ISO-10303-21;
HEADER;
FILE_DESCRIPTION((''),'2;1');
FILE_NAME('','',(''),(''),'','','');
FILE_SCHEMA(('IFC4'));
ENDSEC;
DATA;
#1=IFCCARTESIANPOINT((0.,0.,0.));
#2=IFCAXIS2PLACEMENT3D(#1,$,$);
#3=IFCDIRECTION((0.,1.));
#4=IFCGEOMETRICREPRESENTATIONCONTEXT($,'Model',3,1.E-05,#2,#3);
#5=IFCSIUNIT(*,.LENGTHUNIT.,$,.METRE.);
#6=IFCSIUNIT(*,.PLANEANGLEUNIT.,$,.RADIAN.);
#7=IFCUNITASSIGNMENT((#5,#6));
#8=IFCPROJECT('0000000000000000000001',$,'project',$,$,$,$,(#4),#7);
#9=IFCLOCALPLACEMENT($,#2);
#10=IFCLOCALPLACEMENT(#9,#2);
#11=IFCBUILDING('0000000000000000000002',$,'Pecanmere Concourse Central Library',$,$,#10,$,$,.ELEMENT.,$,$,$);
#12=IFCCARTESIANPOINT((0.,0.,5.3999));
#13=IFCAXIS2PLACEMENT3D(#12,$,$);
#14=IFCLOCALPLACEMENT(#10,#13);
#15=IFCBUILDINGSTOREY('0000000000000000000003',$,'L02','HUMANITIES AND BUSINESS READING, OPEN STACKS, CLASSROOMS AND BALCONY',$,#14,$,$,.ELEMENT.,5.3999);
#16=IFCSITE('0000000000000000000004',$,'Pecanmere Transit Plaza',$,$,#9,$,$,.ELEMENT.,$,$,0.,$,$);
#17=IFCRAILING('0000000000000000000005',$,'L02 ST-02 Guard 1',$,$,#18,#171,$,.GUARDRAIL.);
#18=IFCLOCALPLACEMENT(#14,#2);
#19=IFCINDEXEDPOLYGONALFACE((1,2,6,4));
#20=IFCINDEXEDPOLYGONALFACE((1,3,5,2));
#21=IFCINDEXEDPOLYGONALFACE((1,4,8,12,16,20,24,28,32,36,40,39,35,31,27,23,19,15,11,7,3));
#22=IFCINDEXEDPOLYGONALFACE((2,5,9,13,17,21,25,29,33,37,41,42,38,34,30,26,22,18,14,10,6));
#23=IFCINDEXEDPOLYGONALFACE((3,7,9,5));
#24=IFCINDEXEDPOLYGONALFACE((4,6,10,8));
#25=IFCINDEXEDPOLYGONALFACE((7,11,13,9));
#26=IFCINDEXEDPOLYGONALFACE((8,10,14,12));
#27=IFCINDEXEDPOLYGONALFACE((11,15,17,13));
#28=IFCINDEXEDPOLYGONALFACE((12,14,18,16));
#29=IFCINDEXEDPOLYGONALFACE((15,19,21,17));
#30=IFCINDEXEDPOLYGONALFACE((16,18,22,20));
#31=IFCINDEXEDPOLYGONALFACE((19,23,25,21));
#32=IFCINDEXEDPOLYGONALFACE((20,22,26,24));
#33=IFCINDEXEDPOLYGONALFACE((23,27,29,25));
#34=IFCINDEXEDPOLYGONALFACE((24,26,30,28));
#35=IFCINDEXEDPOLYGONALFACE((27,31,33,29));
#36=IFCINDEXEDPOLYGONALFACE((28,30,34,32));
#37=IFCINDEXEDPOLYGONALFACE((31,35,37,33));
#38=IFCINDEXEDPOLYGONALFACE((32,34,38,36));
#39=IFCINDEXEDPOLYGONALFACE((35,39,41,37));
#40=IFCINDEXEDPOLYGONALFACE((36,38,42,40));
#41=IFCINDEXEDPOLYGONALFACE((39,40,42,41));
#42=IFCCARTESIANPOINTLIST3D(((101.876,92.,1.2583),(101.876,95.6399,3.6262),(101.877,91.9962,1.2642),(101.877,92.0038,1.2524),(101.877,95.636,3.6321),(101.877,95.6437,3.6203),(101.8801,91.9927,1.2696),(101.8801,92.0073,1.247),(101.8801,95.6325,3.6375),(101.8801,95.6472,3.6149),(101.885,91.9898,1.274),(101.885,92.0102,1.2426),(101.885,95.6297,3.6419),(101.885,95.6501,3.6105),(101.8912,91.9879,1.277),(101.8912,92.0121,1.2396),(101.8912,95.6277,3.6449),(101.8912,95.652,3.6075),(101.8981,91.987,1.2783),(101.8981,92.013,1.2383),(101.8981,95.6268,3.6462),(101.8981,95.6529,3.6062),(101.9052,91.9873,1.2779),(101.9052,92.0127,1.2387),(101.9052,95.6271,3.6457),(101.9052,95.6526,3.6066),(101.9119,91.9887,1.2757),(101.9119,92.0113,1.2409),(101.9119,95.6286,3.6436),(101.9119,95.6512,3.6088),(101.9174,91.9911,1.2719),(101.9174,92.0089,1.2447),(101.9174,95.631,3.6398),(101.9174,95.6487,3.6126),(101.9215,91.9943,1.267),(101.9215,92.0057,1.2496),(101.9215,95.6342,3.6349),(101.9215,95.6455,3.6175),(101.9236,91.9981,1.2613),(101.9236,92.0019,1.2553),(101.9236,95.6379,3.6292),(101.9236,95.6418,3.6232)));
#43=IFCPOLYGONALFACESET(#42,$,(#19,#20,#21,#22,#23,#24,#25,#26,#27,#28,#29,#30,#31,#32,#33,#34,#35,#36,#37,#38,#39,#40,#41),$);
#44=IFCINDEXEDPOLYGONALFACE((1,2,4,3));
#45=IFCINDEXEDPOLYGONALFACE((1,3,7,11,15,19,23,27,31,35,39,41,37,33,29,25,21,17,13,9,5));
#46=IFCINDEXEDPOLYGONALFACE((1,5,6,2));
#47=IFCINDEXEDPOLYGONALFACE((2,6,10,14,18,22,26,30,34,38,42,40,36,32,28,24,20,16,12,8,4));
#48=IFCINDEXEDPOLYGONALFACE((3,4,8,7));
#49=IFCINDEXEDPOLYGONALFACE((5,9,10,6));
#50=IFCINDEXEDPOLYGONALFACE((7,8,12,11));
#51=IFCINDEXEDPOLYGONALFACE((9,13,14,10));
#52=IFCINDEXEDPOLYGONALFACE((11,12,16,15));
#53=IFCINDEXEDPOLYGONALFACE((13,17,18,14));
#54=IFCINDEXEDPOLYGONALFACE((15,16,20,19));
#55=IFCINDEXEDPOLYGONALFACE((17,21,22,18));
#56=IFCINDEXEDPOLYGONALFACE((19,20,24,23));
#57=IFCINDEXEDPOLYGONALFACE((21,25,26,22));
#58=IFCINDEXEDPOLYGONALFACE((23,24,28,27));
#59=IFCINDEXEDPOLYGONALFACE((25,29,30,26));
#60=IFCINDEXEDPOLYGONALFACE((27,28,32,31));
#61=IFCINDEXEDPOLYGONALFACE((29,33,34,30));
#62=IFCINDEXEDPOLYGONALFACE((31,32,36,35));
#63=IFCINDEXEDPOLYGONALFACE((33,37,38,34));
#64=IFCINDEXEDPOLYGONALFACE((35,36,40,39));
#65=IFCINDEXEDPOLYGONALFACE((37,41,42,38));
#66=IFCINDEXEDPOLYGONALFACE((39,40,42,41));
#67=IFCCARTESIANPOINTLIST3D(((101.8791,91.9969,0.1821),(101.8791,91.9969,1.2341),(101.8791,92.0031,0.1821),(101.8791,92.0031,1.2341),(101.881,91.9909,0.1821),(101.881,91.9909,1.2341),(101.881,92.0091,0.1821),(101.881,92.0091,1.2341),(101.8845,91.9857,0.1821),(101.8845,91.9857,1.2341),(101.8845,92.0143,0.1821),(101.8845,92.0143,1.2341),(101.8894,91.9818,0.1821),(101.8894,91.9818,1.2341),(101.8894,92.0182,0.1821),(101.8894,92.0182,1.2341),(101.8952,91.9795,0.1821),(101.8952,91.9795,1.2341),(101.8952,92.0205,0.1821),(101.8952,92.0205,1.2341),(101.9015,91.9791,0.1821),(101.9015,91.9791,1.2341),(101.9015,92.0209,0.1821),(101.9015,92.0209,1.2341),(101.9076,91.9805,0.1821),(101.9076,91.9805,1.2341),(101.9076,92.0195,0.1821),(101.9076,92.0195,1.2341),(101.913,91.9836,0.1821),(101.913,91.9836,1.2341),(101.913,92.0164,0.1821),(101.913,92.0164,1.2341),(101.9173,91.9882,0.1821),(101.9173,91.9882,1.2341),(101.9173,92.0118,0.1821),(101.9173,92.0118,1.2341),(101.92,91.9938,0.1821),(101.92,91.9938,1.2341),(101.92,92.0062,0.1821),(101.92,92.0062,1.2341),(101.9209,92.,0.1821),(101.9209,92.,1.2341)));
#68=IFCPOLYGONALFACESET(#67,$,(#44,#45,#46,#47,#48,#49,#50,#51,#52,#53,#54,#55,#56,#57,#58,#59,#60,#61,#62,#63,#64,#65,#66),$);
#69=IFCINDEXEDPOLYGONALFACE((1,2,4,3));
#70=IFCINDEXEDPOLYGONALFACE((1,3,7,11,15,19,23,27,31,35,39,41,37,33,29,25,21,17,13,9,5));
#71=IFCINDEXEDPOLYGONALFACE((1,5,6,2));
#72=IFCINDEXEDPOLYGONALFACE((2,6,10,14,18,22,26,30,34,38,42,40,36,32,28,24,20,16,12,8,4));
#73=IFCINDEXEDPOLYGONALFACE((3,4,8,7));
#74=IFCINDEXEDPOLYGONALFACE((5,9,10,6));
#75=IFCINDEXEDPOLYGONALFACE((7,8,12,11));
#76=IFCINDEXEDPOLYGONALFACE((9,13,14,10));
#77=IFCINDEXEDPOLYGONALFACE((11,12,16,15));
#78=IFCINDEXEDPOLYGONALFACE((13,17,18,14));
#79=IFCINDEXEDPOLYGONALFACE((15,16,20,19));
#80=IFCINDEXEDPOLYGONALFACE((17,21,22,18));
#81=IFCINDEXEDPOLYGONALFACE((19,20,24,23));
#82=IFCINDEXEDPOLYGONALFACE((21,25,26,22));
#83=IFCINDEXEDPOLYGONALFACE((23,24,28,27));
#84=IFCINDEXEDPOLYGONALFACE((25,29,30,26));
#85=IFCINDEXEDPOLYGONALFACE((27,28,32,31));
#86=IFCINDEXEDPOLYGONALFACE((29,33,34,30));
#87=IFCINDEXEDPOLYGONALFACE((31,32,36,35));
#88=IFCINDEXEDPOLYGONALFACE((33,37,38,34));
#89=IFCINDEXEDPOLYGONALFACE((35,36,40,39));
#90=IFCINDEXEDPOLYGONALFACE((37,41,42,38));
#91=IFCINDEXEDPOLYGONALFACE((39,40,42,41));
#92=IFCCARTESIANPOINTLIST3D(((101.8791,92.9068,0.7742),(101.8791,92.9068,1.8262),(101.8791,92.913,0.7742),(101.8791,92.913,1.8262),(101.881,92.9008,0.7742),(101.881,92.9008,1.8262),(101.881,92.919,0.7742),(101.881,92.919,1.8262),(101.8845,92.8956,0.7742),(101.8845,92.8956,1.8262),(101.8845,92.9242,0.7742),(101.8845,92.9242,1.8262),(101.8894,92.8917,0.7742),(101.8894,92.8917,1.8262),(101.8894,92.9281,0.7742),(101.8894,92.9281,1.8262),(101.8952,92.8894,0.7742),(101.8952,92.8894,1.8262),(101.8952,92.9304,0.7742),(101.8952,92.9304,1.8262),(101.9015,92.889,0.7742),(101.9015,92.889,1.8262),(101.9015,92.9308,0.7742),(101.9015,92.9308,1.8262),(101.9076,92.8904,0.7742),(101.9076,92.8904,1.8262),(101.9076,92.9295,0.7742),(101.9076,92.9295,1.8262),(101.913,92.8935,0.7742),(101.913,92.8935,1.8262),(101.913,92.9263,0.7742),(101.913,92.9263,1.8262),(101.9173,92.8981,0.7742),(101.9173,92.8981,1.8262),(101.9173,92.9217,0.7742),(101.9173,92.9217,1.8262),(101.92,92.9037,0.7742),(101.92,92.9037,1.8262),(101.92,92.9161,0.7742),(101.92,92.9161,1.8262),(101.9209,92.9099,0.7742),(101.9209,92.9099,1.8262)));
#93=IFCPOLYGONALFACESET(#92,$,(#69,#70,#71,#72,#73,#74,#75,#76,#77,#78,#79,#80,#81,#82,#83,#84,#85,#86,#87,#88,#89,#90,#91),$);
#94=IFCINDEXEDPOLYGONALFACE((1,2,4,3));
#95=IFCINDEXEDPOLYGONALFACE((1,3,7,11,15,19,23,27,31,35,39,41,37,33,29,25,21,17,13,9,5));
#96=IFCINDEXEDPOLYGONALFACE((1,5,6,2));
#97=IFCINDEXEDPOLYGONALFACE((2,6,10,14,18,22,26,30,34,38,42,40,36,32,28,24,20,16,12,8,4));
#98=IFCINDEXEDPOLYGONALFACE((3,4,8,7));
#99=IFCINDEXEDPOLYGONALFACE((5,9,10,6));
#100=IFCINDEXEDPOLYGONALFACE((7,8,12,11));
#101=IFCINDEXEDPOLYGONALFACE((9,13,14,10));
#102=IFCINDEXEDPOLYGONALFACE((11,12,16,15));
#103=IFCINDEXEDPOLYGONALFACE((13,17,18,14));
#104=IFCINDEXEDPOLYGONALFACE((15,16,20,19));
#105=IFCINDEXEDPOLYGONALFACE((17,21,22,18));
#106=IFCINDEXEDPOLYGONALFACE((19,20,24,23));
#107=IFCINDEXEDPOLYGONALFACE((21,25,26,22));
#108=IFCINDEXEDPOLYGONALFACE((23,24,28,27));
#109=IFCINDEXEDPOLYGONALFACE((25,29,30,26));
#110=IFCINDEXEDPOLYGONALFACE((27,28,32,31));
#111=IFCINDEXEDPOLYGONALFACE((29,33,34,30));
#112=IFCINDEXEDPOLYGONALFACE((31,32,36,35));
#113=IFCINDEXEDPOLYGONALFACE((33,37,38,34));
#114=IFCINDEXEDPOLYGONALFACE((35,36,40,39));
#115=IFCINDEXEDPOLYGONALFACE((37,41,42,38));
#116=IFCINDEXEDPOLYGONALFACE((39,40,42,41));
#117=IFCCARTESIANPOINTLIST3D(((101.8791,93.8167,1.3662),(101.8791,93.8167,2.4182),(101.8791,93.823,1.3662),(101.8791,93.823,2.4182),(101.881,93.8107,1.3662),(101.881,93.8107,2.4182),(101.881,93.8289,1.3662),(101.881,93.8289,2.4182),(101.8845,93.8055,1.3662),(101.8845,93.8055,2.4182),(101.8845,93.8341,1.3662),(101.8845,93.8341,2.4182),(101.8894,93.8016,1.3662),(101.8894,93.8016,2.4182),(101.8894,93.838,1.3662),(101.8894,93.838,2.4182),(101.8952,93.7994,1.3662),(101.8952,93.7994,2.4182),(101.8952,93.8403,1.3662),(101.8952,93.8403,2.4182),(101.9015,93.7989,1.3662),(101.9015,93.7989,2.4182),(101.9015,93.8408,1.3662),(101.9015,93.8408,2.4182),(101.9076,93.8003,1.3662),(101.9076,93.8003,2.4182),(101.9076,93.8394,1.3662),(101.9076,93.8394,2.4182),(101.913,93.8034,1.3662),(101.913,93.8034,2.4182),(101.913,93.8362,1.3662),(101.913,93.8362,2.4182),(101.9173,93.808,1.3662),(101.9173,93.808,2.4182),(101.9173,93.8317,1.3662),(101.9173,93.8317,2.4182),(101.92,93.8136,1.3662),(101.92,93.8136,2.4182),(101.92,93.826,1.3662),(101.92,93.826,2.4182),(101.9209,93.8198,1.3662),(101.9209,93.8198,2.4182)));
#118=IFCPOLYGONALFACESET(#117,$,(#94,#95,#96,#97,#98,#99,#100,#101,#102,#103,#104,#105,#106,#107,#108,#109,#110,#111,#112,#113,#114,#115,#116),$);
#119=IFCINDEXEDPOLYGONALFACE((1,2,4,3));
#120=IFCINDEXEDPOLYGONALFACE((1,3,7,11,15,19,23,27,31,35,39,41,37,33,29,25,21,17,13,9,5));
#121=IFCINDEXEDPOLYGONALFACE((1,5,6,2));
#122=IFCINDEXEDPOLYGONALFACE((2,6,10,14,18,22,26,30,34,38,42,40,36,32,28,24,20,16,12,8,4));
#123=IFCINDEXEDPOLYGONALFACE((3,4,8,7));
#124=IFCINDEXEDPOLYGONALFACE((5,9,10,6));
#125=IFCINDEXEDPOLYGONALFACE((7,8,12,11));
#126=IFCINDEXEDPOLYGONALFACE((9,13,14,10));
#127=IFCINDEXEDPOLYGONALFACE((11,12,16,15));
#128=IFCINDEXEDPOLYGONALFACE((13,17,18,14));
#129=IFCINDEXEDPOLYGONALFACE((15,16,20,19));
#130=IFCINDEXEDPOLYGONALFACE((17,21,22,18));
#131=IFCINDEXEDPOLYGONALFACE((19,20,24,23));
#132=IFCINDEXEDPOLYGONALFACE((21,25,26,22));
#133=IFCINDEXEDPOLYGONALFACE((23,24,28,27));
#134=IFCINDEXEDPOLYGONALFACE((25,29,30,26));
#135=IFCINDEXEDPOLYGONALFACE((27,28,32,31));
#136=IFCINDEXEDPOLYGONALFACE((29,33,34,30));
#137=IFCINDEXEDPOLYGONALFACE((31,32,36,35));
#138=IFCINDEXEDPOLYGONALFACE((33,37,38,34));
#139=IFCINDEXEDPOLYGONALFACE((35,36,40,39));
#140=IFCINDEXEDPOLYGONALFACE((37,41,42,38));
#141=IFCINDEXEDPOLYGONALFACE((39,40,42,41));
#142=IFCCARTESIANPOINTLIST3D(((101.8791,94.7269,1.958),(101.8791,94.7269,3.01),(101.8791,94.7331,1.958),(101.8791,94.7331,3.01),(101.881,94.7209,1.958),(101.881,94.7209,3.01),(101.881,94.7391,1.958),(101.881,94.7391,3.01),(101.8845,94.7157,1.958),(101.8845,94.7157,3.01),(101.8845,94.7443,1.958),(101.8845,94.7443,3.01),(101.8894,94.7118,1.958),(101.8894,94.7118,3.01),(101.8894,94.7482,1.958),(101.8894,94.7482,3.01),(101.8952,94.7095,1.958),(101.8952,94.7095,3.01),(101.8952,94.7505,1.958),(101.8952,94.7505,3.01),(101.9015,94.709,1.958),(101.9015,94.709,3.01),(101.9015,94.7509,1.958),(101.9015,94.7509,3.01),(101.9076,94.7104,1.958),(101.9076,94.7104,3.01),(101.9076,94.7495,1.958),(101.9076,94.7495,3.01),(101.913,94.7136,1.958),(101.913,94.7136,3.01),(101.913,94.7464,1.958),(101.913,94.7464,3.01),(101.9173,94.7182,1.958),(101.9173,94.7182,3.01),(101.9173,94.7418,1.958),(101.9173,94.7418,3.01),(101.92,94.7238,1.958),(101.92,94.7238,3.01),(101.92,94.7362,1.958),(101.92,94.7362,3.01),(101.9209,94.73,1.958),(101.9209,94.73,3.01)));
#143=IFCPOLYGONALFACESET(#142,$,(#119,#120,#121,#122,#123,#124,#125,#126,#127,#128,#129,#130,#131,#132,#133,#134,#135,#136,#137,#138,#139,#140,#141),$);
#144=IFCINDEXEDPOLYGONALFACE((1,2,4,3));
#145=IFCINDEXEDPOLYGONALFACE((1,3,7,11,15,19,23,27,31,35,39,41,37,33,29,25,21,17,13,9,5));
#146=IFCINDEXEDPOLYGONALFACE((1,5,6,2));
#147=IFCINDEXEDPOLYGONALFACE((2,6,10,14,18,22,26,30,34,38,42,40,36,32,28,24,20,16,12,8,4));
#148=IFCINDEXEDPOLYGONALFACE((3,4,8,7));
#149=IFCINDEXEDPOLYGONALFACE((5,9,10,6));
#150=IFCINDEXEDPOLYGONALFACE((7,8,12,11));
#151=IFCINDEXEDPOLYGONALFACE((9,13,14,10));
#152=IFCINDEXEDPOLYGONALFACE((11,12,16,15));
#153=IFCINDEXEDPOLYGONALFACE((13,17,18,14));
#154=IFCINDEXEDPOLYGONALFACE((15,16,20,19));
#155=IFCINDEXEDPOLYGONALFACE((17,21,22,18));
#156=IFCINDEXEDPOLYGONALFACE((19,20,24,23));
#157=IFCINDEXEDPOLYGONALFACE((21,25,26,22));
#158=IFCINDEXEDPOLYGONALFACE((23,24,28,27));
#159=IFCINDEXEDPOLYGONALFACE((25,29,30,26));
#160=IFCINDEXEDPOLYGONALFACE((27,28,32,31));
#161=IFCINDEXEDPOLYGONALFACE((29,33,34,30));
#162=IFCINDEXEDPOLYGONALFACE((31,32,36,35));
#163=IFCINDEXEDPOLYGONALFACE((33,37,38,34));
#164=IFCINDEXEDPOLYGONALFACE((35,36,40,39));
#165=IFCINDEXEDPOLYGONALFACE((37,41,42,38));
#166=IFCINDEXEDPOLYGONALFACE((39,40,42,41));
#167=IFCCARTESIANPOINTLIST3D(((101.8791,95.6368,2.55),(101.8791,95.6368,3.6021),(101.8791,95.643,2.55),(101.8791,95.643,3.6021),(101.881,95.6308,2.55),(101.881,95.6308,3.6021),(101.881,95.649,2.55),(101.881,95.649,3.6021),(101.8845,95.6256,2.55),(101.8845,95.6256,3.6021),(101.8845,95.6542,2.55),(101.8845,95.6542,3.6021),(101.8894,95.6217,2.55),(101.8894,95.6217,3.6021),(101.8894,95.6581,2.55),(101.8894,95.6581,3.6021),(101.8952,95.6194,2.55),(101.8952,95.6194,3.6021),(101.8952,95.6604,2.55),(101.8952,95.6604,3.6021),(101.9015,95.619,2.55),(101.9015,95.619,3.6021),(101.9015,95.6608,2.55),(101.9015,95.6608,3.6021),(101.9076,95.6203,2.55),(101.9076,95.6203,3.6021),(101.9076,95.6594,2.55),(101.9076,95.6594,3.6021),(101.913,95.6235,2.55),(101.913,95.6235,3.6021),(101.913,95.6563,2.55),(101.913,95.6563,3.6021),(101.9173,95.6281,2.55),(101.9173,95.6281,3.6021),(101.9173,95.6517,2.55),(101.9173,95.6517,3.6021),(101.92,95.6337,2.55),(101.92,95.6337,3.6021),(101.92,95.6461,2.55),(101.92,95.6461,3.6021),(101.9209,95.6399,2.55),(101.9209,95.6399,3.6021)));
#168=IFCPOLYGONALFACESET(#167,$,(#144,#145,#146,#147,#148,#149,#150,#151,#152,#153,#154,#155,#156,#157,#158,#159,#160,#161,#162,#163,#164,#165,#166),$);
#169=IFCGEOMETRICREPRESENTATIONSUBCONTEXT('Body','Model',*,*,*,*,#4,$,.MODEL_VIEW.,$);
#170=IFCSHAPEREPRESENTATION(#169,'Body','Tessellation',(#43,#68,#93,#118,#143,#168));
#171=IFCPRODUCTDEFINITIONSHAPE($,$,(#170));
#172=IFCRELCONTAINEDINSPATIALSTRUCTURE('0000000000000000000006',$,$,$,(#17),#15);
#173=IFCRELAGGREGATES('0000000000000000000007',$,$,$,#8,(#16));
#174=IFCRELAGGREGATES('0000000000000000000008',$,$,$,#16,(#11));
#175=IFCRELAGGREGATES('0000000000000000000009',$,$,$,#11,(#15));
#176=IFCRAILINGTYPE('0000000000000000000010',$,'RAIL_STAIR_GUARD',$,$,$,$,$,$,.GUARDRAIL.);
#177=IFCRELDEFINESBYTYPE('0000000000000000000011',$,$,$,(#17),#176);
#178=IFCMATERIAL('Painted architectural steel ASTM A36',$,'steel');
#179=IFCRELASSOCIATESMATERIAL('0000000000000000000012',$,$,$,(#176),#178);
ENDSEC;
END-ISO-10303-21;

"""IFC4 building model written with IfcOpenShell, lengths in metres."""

from ifc_helpers import new_model, si_unit, direction, frame, origin, origin_2d, place, context, subcontext, project, spatial, circle, extrude, material, type_object, element, save


model = new_model("IFC4")

# Units and contexts
model_context = context("Model", 3, precision=1e-05, world=origin(), true_north=direction((0.0, 1.0)))
body_context = subcontext(model_context, "Body", "Model", "MODEL_VIEW")
ifc_project = project(units=[si_unit("LENGTHUNIT", "METRE"), si_unit("PLANEANGLEUNIT", "RADIAN")], contexts=[model_context])

# Site, building, storey
site_placement = place(None, origin())
site = spatial("IfcSite", under=ifc_project, at=site_placement, Name="Pecanmere Transit Plaza", CompositionType="ELEMENT", RefElevation=0.0)
building_placement = place(site_placement, origin())
building = spatial("IfcBuilding", under=site, at=building_placement, Name="Pecanmere Concourse Central Library", CompositionType="ELEMENT")
storey_placement = place(building_placement, frame((0.0, 0.0, 5.3999)))
storey = spatial("IfcBuildingStorey", under=building, at=storey_placement, Name="L02", Description="HUMANITIES AND BUSINESS READING, OPEN STACKS, CLASSROOMS AND BALCONY", CompositionType="ELEMENT", Elevation=5.3999)

# Railing
ifc_material_1 = material(Name="Painted architectural steel ASTM A36", Category="steel")
railing_type_1 = type_object("IfcRailingType", Name="RAIL_STAIR_GUARD", PredefinedType="GUARDRAIL", material=ifc_material_1)
railing_1_placement = place(storey_placement, frame((101.8999, 92.0, 0.1821)))
element("IfcRailing", 1, at=railing_1_placement, inside=storey, type_object=railing_type_1, Name="L02 ST-02 Guard 1", PredefinedType="GUARDRAIL", context=body_context, shape_type="SweptSolid", body=[
    extrude(circle(Radius=0.0239, at=origin_2d()), frame((0.0, 0.0, 1.0762), z_axis=(0.0, 0.838234, 0.54531), x_axis=(-1.0, 0.0, 0.0)), (0.0, 0.0, 1.0), 4.3423),
    extrude(circle(Radius=0.021, at=origin_2d()), origin(), (0.0, 0.0, 1.0), 1.052),
    extrude(circle(Radius=0.021, at=origin_2d()), frame((0.0, 0.9099, 0.592)), (0.0, 0.0, 1.0), 1.052),
    extrude(circle(Radius=0.021, at=origin_2d()), frame((0.0, 1.8198, 1.1841)), (0.0, 0.0, 1.0), 1.052),
    extrude(circle(Radius=0.021, at=origin_2d()), frame((0.0, 2.73, 1.7759)), (0.0, 0.0, 1.0), 1.052),
    extrude(circle(Radius=0.021, at=origin_2d()), frame((0.0, 3.6399, 2.3679)), (0.0, 0.0, 1.0), 1.052),
])

save(model, "model.ifc")
